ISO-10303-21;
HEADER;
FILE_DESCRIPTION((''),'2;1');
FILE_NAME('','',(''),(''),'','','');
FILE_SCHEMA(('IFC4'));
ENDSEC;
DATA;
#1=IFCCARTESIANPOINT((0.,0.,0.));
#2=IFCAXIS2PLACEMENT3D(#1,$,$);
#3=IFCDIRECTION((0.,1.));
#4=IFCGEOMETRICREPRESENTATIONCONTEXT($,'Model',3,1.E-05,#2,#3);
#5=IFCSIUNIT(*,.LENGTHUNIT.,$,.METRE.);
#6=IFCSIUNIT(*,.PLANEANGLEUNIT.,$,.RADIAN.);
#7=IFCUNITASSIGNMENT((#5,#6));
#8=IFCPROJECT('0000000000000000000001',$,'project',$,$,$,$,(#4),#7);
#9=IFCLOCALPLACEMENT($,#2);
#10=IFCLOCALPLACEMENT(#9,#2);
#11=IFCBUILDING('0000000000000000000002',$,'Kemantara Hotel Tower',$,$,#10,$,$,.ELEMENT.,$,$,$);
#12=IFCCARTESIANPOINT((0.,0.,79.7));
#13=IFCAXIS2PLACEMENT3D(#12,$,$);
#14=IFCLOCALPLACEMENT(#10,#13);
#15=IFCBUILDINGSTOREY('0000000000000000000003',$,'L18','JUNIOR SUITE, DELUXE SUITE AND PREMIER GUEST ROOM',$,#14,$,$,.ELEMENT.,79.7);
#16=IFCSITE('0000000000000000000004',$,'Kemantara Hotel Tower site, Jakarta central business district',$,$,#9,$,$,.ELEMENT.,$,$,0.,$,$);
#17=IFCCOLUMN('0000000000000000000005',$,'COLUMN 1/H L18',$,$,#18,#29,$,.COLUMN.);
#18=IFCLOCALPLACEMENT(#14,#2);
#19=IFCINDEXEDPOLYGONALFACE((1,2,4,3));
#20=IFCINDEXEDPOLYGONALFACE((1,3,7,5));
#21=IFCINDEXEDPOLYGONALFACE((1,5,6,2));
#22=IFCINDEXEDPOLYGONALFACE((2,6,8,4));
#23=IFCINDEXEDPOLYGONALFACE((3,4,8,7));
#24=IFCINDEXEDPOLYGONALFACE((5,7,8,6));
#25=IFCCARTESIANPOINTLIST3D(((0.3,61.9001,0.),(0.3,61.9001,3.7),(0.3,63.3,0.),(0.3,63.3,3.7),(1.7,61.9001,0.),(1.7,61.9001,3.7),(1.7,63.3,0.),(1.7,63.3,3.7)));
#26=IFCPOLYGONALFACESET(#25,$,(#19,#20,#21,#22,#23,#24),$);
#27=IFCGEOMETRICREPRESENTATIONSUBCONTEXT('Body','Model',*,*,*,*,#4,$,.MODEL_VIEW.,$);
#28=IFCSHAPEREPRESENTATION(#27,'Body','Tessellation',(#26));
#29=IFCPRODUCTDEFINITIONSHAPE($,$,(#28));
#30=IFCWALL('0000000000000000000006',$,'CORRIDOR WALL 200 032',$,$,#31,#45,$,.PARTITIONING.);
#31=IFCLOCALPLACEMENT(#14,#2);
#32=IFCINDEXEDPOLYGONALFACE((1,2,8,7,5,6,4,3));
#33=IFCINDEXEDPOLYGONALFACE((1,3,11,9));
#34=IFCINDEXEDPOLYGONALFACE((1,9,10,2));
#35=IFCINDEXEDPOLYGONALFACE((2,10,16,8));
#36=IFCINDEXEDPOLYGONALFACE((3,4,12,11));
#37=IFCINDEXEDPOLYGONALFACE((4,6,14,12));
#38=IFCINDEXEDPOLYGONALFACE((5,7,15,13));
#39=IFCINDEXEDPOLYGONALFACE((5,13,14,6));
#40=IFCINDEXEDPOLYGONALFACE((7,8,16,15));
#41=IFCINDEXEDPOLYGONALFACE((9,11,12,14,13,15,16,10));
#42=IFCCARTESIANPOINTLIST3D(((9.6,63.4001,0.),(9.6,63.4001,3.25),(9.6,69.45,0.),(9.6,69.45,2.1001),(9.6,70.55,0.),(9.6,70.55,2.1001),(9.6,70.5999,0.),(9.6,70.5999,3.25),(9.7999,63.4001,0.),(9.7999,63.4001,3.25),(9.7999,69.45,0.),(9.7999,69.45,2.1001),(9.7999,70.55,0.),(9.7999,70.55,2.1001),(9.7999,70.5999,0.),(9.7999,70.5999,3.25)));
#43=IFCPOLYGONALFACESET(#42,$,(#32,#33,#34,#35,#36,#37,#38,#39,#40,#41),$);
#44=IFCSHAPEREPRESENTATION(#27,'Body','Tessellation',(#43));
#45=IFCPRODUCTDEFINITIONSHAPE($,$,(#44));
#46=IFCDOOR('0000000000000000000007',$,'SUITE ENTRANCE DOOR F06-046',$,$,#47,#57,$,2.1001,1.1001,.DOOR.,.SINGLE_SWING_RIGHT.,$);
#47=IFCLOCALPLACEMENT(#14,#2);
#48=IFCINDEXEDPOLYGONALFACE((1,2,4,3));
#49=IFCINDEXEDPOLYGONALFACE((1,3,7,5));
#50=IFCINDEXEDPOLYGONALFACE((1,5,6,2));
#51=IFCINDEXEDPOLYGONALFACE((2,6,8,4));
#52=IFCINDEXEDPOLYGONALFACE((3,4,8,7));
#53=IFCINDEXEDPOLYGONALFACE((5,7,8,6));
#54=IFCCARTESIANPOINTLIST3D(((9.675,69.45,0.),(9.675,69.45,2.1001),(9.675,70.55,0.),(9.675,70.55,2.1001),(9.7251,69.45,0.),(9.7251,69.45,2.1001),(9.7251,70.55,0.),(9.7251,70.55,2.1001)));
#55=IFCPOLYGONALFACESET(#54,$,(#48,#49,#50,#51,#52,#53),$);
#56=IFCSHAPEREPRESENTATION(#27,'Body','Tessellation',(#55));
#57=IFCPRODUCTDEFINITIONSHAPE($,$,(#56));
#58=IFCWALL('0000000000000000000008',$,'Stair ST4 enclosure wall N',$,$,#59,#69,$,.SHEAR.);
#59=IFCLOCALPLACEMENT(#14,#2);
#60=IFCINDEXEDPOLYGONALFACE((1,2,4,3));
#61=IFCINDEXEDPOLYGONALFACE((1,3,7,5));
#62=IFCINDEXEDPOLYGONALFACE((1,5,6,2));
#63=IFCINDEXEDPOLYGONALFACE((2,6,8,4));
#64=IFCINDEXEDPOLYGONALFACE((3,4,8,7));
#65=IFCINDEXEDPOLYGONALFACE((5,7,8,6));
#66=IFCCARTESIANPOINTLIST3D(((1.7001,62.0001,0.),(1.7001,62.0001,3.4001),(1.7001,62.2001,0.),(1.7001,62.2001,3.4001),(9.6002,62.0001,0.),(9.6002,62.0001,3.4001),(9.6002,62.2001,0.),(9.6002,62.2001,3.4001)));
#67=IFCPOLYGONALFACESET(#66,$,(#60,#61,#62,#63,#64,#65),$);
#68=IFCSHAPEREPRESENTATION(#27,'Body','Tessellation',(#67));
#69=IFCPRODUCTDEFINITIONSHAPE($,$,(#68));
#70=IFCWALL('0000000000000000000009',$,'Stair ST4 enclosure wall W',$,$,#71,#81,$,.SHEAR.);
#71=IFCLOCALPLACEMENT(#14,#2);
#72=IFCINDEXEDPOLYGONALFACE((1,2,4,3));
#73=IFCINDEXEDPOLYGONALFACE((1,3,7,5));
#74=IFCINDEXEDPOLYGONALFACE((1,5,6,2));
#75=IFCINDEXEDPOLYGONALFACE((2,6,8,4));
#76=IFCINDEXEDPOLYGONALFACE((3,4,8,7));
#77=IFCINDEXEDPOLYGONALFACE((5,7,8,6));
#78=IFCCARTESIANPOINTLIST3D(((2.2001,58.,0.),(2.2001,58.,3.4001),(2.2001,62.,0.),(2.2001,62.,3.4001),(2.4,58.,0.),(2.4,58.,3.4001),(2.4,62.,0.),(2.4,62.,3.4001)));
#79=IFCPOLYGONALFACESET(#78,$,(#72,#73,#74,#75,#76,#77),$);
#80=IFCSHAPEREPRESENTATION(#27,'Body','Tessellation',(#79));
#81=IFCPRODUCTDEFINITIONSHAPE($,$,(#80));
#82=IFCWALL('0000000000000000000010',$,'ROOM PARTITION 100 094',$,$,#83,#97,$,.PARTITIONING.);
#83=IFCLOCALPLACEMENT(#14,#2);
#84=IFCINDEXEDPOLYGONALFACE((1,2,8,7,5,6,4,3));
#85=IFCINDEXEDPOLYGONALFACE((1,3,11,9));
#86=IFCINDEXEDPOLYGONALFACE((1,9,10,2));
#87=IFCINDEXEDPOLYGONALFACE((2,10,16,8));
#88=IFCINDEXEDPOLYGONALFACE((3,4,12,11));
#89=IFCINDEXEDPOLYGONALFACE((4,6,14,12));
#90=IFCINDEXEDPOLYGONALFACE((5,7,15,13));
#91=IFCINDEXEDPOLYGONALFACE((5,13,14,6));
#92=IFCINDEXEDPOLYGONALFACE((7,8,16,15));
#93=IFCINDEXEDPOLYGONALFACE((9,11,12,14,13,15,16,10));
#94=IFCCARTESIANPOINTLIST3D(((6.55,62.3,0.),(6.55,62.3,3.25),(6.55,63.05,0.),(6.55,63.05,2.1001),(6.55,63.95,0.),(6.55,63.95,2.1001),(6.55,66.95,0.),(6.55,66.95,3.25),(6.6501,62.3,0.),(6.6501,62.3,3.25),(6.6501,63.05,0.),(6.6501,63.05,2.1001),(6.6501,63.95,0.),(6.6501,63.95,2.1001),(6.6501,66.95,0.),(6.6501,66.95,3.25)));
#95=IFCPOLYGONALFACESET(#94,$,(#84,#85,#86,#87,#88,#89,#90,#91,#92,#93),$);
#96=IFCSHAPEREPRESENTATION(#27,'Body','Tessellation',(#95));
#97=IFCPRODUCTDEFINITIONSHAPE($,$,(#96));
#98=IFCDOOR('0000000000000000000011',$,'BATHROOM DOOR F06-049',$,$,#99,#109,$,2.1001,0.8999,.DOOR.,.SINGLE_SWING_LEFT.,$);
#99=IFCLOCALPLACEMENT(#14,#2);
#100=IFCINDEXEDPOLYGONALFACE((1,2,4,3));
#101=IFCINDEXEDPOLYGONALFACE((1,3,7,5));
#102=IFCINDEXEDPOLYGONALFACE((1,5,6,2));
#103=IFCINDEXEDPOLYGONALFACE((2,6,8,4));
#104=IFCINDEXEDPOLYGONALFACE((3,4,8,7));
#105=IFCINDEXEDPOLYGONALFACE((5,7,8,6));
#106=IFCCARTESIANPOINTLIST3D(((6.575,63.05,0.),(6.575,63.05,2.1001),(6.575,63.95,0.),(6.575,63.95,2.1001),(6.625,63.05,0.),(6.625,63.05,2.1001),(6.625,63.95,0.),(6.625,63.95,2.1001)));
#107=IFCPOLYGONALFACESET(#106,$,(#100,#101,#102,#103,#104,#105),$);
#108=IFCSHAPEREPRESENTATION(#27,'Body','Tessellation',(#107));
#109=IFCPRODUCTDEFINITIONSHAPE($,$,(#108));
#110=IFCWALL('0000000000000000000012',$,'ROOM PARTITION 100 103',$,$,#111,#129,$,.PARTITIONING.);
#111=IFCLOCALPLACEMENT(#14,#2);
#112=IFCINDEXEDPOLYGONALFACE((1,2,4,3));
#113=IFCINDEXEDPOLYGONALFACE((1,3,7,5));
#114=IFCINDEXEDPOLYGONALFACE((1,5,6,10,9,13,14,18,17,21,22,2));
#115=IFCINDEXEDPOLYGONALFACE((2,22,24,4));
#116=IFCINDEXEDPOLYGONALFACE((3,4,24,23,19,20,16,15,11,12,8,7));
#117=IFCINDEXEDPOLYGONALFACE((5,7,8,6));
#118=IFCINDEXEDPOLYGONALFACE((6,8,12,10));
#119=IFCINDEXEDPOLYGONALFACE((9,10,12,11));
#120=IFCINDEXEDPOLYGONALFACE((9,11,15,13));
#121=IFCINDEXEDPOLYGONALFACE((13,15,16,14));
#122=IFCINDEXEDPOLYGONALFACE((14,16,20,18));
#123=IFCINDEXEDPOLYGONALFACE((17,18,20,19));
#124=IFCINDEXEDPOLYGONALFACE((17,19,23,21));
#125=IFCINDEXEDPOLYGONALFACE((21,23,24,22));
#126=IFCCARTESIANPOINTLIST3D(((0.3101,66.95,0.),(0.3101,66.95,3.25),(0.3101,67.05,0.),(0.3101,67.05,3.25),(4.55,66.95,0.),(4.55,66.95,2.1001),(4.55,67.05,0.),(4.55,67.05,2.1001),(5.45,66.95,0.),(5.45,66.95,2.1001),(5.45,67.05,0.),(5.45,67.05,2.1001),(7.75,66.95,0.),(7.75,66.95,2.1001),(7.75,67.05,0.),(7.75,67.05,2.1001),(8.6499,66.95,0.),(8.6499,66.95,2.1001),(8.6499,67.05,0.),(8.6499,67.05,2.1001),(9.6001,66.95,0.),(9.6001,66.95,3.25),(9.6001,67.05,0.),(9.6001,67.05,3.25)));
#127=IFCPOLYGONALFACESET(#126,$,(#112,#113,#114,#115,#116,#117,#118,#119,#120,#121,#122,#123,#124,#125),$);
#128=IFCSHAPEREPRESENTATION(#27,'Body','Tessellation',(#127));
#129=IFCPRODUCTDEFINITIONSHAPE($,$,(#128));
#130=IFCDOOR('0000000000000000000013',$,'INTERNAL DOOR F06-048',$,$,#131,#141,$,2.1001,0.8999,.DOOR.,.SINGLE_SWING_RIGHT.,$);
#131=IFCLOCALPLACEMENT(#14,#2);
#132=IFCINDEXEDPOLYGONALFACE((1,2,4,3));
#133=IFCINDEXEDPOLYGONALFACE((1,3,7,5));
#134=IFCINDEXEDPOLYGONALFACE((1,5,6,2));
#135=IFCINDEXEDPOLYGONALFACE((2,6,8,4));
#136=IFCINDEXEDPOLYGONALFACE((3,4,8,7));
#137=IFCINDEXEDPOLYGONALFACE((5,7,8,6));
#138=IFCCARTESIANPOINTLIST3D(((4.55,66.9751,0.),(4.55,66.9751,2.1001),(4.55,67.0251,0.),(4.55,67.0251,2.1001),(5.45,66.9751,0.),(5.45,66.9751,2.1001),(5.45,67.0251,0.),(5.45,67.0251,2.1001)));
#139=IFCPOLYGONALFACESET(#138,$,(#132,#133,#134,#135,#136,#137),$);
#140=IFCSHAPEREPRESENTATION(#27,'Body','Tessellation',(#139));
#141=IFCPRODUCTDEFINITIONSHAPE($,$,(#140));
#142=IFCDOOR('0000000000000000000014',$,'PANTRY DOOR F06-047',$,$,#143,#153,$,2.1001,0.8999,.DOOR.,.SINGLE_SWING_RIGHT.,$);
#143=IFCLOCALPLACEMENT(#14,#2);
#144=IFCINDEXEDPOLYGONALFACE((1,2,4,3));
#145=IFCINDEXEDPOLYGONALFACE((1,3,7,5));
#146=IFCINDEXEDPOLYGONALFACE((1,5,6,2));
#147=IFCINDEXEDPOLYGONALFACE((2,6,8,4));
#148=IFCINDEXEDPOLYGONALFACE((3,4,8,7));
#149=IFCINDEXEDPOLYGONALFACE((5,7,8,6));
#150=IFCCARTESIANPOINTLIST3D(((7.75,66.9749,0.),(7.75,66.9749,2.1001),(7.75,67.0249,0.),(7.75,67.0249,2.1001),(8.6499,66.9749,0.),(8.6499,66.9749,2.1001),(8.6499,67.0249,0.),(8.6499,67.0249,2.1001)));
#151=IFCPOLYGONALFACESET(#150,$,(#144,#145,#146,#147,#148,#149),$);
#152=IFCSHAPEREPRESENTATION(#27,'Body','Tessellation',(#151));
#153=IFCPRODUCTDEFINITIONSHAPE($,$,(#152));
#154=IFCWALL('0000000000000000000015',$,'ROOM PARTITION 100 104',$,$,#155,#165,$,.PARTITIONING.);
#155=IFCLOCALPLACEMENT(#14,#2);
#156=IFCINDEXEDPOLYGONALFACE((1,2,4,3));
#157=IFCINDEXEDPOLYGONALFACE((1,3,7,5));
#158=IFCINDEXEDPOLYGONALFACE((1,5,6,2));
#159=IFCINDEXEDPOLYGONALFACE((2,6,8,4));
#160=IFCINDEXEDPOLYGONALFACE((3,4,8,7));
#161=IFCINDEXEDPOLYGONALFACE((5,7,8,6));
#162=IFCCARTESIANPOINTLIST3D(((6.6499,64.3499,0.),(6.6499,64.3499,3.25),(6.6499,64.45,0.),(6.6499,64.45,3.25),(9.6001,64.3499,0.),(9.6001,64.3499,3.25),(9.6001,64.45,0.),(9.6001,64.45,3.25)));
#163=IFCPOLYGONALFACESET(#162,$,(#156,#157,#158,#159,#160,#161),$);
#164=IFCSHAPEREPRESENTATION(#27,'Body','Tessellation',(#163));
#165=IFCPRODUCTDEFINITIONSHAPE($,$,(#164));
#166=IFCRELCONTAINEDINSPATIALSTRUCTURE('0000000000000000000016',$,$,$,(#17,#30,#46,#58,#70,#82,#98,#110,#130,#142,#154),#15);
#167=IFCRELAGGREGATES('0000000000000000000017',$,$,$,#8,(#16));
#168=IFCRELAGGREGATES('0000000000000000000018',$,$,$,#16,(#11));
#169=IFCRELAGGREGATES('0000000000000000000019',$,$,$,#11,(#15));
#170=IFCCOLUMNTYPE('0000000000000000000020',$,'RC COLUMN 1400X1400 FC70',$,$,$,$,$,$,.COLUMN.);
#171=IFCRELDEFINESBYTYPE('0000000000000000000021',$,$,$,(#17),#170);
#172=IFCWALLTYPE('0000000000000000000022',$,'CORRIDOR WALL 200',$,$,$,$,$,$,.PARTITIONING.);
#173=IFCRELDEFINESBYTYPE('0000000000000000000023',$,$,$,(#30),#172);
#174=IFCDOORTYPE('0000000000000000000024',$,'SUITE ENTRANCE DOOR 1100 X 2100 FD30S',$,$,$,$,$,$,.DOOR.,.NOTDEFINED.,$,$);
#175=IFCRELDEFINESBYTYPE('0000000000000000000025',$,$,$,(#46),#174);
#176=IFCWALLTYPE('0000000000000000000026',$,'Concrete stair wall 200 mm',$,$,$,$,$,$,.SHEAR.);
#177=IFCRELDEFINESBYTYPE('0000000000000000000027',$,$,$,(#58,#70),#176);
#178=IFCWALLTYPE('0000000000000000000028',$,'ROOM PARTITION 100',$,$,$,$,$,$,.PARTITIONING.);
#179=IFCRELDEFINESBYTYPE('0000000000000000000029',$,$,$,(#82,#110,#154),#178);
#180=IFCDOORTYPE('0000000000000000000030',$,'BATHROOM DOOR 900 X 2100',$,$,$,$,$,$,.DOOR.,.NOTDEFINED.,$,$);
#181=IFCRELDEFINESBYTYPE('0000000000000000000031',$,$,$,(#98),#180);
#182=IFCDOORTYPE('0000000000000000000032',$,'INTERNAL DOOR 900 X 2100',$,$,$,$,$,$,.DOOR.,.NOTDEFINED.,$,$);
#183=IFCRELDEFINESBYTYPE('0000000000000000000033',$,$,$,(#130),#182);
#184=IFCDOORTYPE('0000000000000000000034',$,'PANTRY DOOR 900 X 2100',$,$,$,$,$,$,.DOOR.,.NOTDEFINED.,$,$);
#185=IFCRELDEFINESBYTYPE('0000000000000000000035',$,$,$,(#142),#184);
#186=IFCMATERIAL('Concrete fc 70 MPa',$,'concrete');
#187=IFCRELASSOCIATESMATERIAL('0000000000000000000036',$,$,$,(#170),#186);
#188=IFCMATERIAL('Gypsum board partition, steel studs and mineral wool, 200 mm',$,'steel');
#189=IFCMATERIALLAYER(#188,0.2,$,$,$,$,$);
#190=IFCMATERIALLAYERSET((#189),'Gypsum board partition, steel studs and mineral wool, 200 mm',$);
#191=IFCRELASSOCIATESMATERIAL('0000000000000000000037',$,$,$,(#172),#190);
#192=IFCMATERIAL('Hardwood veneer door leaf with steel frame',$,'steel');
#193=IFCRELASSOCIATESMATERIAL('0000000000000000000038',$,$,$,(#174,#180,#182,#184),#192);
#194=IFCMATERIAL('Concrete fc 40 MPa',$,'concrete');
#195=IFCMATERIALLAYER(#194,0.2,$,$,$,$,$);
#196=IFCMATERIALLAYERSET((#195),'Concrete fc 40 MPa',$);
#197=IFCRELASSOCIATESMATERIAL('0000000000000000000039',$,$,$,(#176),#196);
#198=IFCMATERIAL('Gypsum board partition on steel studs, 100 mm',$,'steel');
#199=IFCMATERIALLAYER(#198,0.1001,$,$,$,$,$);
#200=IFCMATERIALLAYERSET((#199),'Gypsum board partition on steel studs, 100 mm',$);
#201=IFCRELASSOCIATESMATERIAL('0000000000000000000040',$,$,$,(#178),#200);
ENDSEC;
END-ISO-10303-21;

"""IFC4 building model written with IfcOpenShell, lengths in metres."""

from ifc_helpers import new_model, si_unit, direction, frame, frame_2d, origin, origin_2d, place, context, subcontext, project, spatial, rectangle, extrude, material, layer, layer_set, material_profile, profile_set, type_object, element, fill, save


model = new_model("IFC4")

# Units and contexts
model_context = context("Model", 3, precision=1e-05, world=origin(), true_north=direction((0.0, 1.0)))
body_context = subcontext(model_context, "Body", "Model", "MODEL_VIEW")
ifc_project = project(units=[si_unit("LENGTHUNIT", "METRE"), si_unit("PLANEANGLEUNIT", "RADIAN")], contexts=[model_context])

# Site, building, storey
site_placement = place(None, origin())
site = spatial("IfcSite", under=ifc_project, at=site_placement, Name="Kemantara Hotel Tower site, Jakarta central business district", CompositionType="ELEMENT", RefElevation=0.0)
building_placement = place(site_placement, origin())
building = spatial("IfcBuilding", under=site, at=building_placement, Name="Kemantara Hotel Tower", CompositionType="ELEMENT")
storey_placement = place(building_placement, frame((0.0, 0.0, 79.7)))
storey = spatial("IfcBuildingStorey", under=building, at=storey_placement, Name="L18", Description="JUNIOR SUITE, DELUXE SUITE AND PREMIER GUEST ROOM", CompositionType="ELEMENT", Elevation=79.7)

# Column
ifc_material_1 = material(Name="Concrete fc 70 MPa", Category="concrete")
ifc_material_profile = material_profile(ifc_material_1, rectangle(XDim=1.3999, YDim=1.3999, at=origin_2d()), Name="RC 1400X1400")
ifc_profile_set = profile_set([ifc_material_profile], Name="Concrete fc 70 MPa")
column_type = type_object("IfcColumnType", Name="RC COLUMN 1400X1400 FC70", PredefinedType="COLUMN", material=ifc_profile_set)
column_placement = place(storey_placement, frame((1.0, 62.6001, 0.0), z_axis=(0.0, 0.0, 1.0), x_axis=(1.0, 0.0, 0.0)))
element("IfcColumn", 1, at=column_placement, inside=storey, type_object=column_type, Name="COLUMN 1/H L18", PredefinedType="COLUMN", context=body_context, shape_type="SweptSolid", body=[
    extrude(rectangle(XDim=1.3999, YDim=1.3999, at=origin_2d()), origin(), (0.0, 0.0, 1.0), 3.7),
])

# Wall, opening, door
ifc_material_2 = material(Name="Gypsum board partition, steel studs and mineral wool, 200 mm", Category="steel")
ifc_layer_1 = layer(ifc_material_2, 0.2)
ifc_layer_set_1 = layer_set([ifc_layer_1], Name="Gypsum board partition, steel studs and mineral wool, 200 mm")
wall_type_1 = type_object("IfcWallType", Name="CORRIDOR WALL 200", PredefinedType="PARTITIONING", material=ifc_layer_set_1)
wall_1_placement = place(storey_placement, frame((9.7, 63.4001, 0.0), z_axis=(0.0, 0.0, 1.0), x_axis=(0.0, 1.0, 0.0)))
wall_1 = element("IfcWall", 2, at=wall_1_placement, inside=storey, type_object=wall_type_1, Name="CORRIDOR WALL 200 032", PredefinedType="PARTITIONING", context=body_context, shape_type="SweptSolid", body=[
    extrude(rectangle(XDim=7.1997, YDim=0.2, at=frame_2d((3.5999, 0.0))), origin(), (0.0, 0.0, 1.0), 3.25),
])
opening_1_placement = place(wall_1_placement, frame((6.0498, 0.0, 0.0)))
opening_1 = element("IfcOpeningElement", 3, at=opening_1_placement, cuts=wall_1, PredefinedType="OPENING", context=body_context, shape_type="SweptSolid", body=[
    extrude(rectangle(XDim=1.1001, YDim=2.1001, at=frame_2d((0.55, 1.05))), frame((0.0, 0.1099, 0.0), z_axis=(0.0, -1.0, 0.0), x_axis=(1.0, 0.0, 0.0)), (0.0, 0.0, 1.0), 0.22),
])
ifc_material_3 = material(Name="Hardwood veneer door leaf with steel frame", Category="steel")
door_type_1 = type_object("IfcDoorType", Name="SUITE ENTRANCE DOOR 1100 X 2100 FD30S", OperationType="NOTDEFINED", PredefinedType="DOOR", material=ifc_material_3)
door_1_placement = place(opening_1_placement, origin())
door_1 = element("IfcDoor", 4, at=door_1_placement, inside=storey, type_object=door_type_1, Name="SUITE ENTRANCE DOOR F06-046", OperationType="SINGLE_SWING_RIGHT", OverallHeight=2.1001, OverallWidth=1.1001, PredefinedType="DOOR", context=body_context, shape_type="SweptSolid", body=[
    extrude(rectangle(XDim=1.1001, YDim=2.1001, at=frame_2d((0.55, 1.05))), frame((0.0, 0.0249, 0.0), z_axis=(0.0, -1.0, 0.0), x_axis=(1.0, 0.0, 0.0)), (0.0, 0.0, 1.0), 0.05),
])
fill(opening_1, door_1)

# Walls
ifc_material_4 = material(Name="Concrete fc 40 MPa", Category="concrete")
ifc_layer_2 = layer(ifc_material_4, 0.2)
ifc_layer_set_2 = layer_set([ifc_layer_2], Name="Concrete fc 40 MPa")
wall_type_2 = type_object("IfcWallType", Name="Concrete stair wall 200 mm", PredefinedType="SHEAR", material=ifc_layer_set_2)
wall_2_placement = place(storey_placement, frame((1.7, 62.1001, 0.0), z_axis=(0.0, 0.0, 1.0), x_axis=(1.0, 0.0, 0.0)))
element("IfcWall", 5, at=wall_2_placement, inside=storey, type_object=wall_type_2, Name="Stair ST4 enclosure wall N", PredefinedType="SHEAR", context=body_context, shape_type="SweptSolid", body=[
    extrude(rectangle(XDim=7.9001, YDim=0.2, at=frame_2d((3.9502, 0.0))), origin(), (0.0, 0.0, 1.0), 3.4001),
])
wall_3_placement = place(storey_placement, frame((2.3, 58.0, 0.0), z_axis=(0.0, 0.0, 1.0), x_axis=(0.0, 1.0, 0.0)))
element("IfcWall", 6, at=wall_3_placement, inside=storey, type_object=wall_type_2, Name="Stair ST4 enclosure wall W", PredefinedType="SHEAR", context=body_context, shape_type="SweptSolid", body=[
    extrude(rectangle(XDim=4.0, YDim=0.2, at=frame_2d((2.0, 0.0))), origin(), (0.0, 0.0, 1.0), 3.4001),
])

# Wall, opening, door
ifc_material_5 = material(Name="Gypsum board partition on steel studs, 100 mm", Category="steel")
ifc_layer_3 = layer(ifc_material_5, 0.1001)
ifc_layer_set_3 = layer_set([ifc_layer_3], Name="Gypsum board partition on steel studs, 100 mm")
wall_type_3 = type_object("IfcWallType", Name="ROOM PARTITION 100", PredefinedType="PARTITIONING", material=ifc_layer_set_3)
wall_4_placement = place(storey_placement, frame((6.6001, 66.95, 0.0), z_axis=(0.0, 0.0, 1.0), x_axis=(0.0, -1.0, 0.0)))
wall_4 = element("IfcWall", 7, at=wall_4_placement, inside=storey, type_object=wall_type_3, Name="ROOM PARTITION 100 094", PredefinedType="PARTITIONING", context=body_context, shape_type="SweptSolid", body=[
    extrude(rectangle(XDim=4.6499, YDim=0.1001, at=frame_2d((2.325, 0.0))), origin(), (0.0, 0.0, 1.0), 3.25),
])
opening_2_placement = place(wall_4_placement, frame((3.0, 0.0, 0.0)))
opening_2 = element("IfcOpeningElement", 8, at=opening_2_placement, cuts=wall_4, PredefinedType="OPENING", context=body_context, shape_type="SweptSolid", body=[
    extrude(rectangle(XDim=0.8999, YDim=2.1001, at=frame_2d((0.45, 1.05))), frame((0.0, 0.0601, 0.0), z_axis=(0.0, -1.0, 0.0), x_axis=(1.0, 0.0, 0.0)), (0.0, 0.0, 1.0), 0.1201),
])
door_type_2 = type_object("IfcDoorType", Name="BATHROOM DOOR 900 X 2100", OperationType="NOTDEFINED", PredefinedType="DOOR", material=ifc_material_3)
door_2_placement = place(opening_2_placement, origin())
door_2 = element("IfcDoor", 9, at=door_2_placement, inside=storey, type_object=door_type_2, Name="BATHROOM DOOR F06-049", OperationType="SINGLE_SWING_LEFT", OverallHeight=2.1001, OverallWidth=0.8999, PredefinedType="DOOR", context=body_context, shape_type="SweptSolid", body=[
    extrude(rectangle(XDim=0.8999, YDim=2.1001, at=frame_2d((0.45, 1.05))), frame((0.0, 0.0249, 0.0), z_axis=(0.0, -1.0, 0.0), x_axis=(1.0, 0.0, 0.0)), (0.0, 0.0, 1.0), 0.05),
])
fill(opening_2, door_2)

# Wall, openings, doors
wall_5_placement = place(storey_placement, frame((0.3101, 67.0, 0.0), z_axis=(0.0, 0.0, 1.0), x_axis=(1.0, 0.0, 0.0)))
wall_5 = element("IfcWall", 10, at=wall_5_placement, inside=storey, type_object=wall_type_3, Name="ROOM PARTITION 100 103", PredefinedType="PARTITIONING", context=body_context, shape_type="SweptSolid", body=[
    extrude(rectangle(XDim=9.29, YDim=0.1001, at=frame_2d((4.645, 0.0))), origin(), (0.0, 0.0, 1.0), 3.25),
])
opening_3_placement = place(wall_5_placement, frame((7.4399, 0.0, 0.0)))
opening_3 = element("IfcOpeningElement", 11, at=opening_3_placement, cuts=wall_5, PredefinedType="OPENING", context=body_context, shape_type="SweptSolid", body=[
    extrude(rectangle(XDim=0.8999, YDim=2.1001, at=frame_2d((0.45, 1.05))), frame((0.0, 0.0601, 0.0), z_axis=(0.0, -1.0, 0.0), x_axis=(1.0, 0.0, 0.0)), (0.0, 0.0, 1.0), 0.1201),
])
opening_4_placement = place(wall_5_placement, frame((4.24, 0.0, 0.0)))
opening_4 = element("IfcOpeningElement", 12, at=opening_4_placement, cuts=wall_5, PredefinedType="OPENING", context=body_context, shape_type="SweptSolid", body=[
    extrude(rectangle(XDim=0.8999, YDim=2.1001, at=frame_2d((0.45, 1.05))), frame((0.0, 0.0601, 0.0), z_axis=(0.0, -1.0, 0.0), x_axis=(1.0, 0.0, 0.0)), (0.0, 0.0, 1.0), 0.1201),
])
door_type_3 = type_object("IfcDoorType", Name="INTERNAL DOOR 900 X 2100", OperationType="NOTDEFINED", PredefinedType="DOOR", material=ifc_material_3)
door_3_placement = place(opening_4_placement, frame((0.8999, 0.0, 0.0), z_axis=(0.0, 0.0, 1.0), x_axis=(-1.0, 0.0, 0.0)))
door_3 = element("IfcDoor", 13, at=door_3_placement, inside=storey, type_object=door_type_3, Name="INTERNAL DOOR F06-048", OperationType="SINGLE_SWING_RIGHT", OverallHeight=2.1001, OverallWidth=0.8999, PredefinedType="DOOR", context=body_context, shape_type="SweptSolid", body=[
    extrude(rectangle(XDim=0.8999, YDim=2.1001, at=frame_2d((0.45, 1.05))), frame((0.0, 0.0249, 0.0), z_axis=(0.0, -1.0, 0.0), x_axis=(1.0, 0.0, 0.0)), (0.0, 0.0, 1.0), 0.05),
])
fill(opening_4, door_3)
door_type_4 = type_object("IfcDoorType", Name="PANTRY DOOR 900 X 2100", OperationType="NOTDEFINED", PredefinedType="DOOR", material=ifc_material_3)
door_4_placement = place(opening_3_placement, origin())
door_4 = element("IfcDoor", 14, at=door_4_placement, inside=storey, type_object=door_type_4, Name="PANTRY DOOR F06-047", OperationType="SINGLE_SWING_RIGHT", OverallHeight=2.1001, OverallWidth=0.8999, PredefinedType="DOOR", context=body_context, shape_type="SweptSolid", body=[
    extrude(rectangle(XDim=0.8999, YDim=2.1001, at=frame_2d((0.45, 1.05))), frame((0.0, 0.0249, 0.0), z_axis=(0.0, -1.0, 0.0), x_axis=(1.0, 0.0, 0.0)), (0.0, 0.0, 1.0), 0.05),
])
fill(opening_3, door_4)

# Wall
wall_6_placement = place(storey_placement, frame((6.6499, 64.3999, 0.0), z_axis=(0.0, 0.0, 1.0), x_axis=(1.0, 0.0, 0.0)))
element("IfcWall", 15, at=wall_6_placement, inside=storey, type_object=wall_type_3, Name="ROOM PARTITION 100 104", PredefinedType="PARTITIONING", context=body_context, shape_type="SweptSolid", body=[
    extrude(rectangle(XDim=2.9502, YDim=0.1001, at=frame_2d((1.4751, 0.0))), origin(), (0.0, 0.0, 1.0), 3.25),
])

save(model, "model.ifc")
